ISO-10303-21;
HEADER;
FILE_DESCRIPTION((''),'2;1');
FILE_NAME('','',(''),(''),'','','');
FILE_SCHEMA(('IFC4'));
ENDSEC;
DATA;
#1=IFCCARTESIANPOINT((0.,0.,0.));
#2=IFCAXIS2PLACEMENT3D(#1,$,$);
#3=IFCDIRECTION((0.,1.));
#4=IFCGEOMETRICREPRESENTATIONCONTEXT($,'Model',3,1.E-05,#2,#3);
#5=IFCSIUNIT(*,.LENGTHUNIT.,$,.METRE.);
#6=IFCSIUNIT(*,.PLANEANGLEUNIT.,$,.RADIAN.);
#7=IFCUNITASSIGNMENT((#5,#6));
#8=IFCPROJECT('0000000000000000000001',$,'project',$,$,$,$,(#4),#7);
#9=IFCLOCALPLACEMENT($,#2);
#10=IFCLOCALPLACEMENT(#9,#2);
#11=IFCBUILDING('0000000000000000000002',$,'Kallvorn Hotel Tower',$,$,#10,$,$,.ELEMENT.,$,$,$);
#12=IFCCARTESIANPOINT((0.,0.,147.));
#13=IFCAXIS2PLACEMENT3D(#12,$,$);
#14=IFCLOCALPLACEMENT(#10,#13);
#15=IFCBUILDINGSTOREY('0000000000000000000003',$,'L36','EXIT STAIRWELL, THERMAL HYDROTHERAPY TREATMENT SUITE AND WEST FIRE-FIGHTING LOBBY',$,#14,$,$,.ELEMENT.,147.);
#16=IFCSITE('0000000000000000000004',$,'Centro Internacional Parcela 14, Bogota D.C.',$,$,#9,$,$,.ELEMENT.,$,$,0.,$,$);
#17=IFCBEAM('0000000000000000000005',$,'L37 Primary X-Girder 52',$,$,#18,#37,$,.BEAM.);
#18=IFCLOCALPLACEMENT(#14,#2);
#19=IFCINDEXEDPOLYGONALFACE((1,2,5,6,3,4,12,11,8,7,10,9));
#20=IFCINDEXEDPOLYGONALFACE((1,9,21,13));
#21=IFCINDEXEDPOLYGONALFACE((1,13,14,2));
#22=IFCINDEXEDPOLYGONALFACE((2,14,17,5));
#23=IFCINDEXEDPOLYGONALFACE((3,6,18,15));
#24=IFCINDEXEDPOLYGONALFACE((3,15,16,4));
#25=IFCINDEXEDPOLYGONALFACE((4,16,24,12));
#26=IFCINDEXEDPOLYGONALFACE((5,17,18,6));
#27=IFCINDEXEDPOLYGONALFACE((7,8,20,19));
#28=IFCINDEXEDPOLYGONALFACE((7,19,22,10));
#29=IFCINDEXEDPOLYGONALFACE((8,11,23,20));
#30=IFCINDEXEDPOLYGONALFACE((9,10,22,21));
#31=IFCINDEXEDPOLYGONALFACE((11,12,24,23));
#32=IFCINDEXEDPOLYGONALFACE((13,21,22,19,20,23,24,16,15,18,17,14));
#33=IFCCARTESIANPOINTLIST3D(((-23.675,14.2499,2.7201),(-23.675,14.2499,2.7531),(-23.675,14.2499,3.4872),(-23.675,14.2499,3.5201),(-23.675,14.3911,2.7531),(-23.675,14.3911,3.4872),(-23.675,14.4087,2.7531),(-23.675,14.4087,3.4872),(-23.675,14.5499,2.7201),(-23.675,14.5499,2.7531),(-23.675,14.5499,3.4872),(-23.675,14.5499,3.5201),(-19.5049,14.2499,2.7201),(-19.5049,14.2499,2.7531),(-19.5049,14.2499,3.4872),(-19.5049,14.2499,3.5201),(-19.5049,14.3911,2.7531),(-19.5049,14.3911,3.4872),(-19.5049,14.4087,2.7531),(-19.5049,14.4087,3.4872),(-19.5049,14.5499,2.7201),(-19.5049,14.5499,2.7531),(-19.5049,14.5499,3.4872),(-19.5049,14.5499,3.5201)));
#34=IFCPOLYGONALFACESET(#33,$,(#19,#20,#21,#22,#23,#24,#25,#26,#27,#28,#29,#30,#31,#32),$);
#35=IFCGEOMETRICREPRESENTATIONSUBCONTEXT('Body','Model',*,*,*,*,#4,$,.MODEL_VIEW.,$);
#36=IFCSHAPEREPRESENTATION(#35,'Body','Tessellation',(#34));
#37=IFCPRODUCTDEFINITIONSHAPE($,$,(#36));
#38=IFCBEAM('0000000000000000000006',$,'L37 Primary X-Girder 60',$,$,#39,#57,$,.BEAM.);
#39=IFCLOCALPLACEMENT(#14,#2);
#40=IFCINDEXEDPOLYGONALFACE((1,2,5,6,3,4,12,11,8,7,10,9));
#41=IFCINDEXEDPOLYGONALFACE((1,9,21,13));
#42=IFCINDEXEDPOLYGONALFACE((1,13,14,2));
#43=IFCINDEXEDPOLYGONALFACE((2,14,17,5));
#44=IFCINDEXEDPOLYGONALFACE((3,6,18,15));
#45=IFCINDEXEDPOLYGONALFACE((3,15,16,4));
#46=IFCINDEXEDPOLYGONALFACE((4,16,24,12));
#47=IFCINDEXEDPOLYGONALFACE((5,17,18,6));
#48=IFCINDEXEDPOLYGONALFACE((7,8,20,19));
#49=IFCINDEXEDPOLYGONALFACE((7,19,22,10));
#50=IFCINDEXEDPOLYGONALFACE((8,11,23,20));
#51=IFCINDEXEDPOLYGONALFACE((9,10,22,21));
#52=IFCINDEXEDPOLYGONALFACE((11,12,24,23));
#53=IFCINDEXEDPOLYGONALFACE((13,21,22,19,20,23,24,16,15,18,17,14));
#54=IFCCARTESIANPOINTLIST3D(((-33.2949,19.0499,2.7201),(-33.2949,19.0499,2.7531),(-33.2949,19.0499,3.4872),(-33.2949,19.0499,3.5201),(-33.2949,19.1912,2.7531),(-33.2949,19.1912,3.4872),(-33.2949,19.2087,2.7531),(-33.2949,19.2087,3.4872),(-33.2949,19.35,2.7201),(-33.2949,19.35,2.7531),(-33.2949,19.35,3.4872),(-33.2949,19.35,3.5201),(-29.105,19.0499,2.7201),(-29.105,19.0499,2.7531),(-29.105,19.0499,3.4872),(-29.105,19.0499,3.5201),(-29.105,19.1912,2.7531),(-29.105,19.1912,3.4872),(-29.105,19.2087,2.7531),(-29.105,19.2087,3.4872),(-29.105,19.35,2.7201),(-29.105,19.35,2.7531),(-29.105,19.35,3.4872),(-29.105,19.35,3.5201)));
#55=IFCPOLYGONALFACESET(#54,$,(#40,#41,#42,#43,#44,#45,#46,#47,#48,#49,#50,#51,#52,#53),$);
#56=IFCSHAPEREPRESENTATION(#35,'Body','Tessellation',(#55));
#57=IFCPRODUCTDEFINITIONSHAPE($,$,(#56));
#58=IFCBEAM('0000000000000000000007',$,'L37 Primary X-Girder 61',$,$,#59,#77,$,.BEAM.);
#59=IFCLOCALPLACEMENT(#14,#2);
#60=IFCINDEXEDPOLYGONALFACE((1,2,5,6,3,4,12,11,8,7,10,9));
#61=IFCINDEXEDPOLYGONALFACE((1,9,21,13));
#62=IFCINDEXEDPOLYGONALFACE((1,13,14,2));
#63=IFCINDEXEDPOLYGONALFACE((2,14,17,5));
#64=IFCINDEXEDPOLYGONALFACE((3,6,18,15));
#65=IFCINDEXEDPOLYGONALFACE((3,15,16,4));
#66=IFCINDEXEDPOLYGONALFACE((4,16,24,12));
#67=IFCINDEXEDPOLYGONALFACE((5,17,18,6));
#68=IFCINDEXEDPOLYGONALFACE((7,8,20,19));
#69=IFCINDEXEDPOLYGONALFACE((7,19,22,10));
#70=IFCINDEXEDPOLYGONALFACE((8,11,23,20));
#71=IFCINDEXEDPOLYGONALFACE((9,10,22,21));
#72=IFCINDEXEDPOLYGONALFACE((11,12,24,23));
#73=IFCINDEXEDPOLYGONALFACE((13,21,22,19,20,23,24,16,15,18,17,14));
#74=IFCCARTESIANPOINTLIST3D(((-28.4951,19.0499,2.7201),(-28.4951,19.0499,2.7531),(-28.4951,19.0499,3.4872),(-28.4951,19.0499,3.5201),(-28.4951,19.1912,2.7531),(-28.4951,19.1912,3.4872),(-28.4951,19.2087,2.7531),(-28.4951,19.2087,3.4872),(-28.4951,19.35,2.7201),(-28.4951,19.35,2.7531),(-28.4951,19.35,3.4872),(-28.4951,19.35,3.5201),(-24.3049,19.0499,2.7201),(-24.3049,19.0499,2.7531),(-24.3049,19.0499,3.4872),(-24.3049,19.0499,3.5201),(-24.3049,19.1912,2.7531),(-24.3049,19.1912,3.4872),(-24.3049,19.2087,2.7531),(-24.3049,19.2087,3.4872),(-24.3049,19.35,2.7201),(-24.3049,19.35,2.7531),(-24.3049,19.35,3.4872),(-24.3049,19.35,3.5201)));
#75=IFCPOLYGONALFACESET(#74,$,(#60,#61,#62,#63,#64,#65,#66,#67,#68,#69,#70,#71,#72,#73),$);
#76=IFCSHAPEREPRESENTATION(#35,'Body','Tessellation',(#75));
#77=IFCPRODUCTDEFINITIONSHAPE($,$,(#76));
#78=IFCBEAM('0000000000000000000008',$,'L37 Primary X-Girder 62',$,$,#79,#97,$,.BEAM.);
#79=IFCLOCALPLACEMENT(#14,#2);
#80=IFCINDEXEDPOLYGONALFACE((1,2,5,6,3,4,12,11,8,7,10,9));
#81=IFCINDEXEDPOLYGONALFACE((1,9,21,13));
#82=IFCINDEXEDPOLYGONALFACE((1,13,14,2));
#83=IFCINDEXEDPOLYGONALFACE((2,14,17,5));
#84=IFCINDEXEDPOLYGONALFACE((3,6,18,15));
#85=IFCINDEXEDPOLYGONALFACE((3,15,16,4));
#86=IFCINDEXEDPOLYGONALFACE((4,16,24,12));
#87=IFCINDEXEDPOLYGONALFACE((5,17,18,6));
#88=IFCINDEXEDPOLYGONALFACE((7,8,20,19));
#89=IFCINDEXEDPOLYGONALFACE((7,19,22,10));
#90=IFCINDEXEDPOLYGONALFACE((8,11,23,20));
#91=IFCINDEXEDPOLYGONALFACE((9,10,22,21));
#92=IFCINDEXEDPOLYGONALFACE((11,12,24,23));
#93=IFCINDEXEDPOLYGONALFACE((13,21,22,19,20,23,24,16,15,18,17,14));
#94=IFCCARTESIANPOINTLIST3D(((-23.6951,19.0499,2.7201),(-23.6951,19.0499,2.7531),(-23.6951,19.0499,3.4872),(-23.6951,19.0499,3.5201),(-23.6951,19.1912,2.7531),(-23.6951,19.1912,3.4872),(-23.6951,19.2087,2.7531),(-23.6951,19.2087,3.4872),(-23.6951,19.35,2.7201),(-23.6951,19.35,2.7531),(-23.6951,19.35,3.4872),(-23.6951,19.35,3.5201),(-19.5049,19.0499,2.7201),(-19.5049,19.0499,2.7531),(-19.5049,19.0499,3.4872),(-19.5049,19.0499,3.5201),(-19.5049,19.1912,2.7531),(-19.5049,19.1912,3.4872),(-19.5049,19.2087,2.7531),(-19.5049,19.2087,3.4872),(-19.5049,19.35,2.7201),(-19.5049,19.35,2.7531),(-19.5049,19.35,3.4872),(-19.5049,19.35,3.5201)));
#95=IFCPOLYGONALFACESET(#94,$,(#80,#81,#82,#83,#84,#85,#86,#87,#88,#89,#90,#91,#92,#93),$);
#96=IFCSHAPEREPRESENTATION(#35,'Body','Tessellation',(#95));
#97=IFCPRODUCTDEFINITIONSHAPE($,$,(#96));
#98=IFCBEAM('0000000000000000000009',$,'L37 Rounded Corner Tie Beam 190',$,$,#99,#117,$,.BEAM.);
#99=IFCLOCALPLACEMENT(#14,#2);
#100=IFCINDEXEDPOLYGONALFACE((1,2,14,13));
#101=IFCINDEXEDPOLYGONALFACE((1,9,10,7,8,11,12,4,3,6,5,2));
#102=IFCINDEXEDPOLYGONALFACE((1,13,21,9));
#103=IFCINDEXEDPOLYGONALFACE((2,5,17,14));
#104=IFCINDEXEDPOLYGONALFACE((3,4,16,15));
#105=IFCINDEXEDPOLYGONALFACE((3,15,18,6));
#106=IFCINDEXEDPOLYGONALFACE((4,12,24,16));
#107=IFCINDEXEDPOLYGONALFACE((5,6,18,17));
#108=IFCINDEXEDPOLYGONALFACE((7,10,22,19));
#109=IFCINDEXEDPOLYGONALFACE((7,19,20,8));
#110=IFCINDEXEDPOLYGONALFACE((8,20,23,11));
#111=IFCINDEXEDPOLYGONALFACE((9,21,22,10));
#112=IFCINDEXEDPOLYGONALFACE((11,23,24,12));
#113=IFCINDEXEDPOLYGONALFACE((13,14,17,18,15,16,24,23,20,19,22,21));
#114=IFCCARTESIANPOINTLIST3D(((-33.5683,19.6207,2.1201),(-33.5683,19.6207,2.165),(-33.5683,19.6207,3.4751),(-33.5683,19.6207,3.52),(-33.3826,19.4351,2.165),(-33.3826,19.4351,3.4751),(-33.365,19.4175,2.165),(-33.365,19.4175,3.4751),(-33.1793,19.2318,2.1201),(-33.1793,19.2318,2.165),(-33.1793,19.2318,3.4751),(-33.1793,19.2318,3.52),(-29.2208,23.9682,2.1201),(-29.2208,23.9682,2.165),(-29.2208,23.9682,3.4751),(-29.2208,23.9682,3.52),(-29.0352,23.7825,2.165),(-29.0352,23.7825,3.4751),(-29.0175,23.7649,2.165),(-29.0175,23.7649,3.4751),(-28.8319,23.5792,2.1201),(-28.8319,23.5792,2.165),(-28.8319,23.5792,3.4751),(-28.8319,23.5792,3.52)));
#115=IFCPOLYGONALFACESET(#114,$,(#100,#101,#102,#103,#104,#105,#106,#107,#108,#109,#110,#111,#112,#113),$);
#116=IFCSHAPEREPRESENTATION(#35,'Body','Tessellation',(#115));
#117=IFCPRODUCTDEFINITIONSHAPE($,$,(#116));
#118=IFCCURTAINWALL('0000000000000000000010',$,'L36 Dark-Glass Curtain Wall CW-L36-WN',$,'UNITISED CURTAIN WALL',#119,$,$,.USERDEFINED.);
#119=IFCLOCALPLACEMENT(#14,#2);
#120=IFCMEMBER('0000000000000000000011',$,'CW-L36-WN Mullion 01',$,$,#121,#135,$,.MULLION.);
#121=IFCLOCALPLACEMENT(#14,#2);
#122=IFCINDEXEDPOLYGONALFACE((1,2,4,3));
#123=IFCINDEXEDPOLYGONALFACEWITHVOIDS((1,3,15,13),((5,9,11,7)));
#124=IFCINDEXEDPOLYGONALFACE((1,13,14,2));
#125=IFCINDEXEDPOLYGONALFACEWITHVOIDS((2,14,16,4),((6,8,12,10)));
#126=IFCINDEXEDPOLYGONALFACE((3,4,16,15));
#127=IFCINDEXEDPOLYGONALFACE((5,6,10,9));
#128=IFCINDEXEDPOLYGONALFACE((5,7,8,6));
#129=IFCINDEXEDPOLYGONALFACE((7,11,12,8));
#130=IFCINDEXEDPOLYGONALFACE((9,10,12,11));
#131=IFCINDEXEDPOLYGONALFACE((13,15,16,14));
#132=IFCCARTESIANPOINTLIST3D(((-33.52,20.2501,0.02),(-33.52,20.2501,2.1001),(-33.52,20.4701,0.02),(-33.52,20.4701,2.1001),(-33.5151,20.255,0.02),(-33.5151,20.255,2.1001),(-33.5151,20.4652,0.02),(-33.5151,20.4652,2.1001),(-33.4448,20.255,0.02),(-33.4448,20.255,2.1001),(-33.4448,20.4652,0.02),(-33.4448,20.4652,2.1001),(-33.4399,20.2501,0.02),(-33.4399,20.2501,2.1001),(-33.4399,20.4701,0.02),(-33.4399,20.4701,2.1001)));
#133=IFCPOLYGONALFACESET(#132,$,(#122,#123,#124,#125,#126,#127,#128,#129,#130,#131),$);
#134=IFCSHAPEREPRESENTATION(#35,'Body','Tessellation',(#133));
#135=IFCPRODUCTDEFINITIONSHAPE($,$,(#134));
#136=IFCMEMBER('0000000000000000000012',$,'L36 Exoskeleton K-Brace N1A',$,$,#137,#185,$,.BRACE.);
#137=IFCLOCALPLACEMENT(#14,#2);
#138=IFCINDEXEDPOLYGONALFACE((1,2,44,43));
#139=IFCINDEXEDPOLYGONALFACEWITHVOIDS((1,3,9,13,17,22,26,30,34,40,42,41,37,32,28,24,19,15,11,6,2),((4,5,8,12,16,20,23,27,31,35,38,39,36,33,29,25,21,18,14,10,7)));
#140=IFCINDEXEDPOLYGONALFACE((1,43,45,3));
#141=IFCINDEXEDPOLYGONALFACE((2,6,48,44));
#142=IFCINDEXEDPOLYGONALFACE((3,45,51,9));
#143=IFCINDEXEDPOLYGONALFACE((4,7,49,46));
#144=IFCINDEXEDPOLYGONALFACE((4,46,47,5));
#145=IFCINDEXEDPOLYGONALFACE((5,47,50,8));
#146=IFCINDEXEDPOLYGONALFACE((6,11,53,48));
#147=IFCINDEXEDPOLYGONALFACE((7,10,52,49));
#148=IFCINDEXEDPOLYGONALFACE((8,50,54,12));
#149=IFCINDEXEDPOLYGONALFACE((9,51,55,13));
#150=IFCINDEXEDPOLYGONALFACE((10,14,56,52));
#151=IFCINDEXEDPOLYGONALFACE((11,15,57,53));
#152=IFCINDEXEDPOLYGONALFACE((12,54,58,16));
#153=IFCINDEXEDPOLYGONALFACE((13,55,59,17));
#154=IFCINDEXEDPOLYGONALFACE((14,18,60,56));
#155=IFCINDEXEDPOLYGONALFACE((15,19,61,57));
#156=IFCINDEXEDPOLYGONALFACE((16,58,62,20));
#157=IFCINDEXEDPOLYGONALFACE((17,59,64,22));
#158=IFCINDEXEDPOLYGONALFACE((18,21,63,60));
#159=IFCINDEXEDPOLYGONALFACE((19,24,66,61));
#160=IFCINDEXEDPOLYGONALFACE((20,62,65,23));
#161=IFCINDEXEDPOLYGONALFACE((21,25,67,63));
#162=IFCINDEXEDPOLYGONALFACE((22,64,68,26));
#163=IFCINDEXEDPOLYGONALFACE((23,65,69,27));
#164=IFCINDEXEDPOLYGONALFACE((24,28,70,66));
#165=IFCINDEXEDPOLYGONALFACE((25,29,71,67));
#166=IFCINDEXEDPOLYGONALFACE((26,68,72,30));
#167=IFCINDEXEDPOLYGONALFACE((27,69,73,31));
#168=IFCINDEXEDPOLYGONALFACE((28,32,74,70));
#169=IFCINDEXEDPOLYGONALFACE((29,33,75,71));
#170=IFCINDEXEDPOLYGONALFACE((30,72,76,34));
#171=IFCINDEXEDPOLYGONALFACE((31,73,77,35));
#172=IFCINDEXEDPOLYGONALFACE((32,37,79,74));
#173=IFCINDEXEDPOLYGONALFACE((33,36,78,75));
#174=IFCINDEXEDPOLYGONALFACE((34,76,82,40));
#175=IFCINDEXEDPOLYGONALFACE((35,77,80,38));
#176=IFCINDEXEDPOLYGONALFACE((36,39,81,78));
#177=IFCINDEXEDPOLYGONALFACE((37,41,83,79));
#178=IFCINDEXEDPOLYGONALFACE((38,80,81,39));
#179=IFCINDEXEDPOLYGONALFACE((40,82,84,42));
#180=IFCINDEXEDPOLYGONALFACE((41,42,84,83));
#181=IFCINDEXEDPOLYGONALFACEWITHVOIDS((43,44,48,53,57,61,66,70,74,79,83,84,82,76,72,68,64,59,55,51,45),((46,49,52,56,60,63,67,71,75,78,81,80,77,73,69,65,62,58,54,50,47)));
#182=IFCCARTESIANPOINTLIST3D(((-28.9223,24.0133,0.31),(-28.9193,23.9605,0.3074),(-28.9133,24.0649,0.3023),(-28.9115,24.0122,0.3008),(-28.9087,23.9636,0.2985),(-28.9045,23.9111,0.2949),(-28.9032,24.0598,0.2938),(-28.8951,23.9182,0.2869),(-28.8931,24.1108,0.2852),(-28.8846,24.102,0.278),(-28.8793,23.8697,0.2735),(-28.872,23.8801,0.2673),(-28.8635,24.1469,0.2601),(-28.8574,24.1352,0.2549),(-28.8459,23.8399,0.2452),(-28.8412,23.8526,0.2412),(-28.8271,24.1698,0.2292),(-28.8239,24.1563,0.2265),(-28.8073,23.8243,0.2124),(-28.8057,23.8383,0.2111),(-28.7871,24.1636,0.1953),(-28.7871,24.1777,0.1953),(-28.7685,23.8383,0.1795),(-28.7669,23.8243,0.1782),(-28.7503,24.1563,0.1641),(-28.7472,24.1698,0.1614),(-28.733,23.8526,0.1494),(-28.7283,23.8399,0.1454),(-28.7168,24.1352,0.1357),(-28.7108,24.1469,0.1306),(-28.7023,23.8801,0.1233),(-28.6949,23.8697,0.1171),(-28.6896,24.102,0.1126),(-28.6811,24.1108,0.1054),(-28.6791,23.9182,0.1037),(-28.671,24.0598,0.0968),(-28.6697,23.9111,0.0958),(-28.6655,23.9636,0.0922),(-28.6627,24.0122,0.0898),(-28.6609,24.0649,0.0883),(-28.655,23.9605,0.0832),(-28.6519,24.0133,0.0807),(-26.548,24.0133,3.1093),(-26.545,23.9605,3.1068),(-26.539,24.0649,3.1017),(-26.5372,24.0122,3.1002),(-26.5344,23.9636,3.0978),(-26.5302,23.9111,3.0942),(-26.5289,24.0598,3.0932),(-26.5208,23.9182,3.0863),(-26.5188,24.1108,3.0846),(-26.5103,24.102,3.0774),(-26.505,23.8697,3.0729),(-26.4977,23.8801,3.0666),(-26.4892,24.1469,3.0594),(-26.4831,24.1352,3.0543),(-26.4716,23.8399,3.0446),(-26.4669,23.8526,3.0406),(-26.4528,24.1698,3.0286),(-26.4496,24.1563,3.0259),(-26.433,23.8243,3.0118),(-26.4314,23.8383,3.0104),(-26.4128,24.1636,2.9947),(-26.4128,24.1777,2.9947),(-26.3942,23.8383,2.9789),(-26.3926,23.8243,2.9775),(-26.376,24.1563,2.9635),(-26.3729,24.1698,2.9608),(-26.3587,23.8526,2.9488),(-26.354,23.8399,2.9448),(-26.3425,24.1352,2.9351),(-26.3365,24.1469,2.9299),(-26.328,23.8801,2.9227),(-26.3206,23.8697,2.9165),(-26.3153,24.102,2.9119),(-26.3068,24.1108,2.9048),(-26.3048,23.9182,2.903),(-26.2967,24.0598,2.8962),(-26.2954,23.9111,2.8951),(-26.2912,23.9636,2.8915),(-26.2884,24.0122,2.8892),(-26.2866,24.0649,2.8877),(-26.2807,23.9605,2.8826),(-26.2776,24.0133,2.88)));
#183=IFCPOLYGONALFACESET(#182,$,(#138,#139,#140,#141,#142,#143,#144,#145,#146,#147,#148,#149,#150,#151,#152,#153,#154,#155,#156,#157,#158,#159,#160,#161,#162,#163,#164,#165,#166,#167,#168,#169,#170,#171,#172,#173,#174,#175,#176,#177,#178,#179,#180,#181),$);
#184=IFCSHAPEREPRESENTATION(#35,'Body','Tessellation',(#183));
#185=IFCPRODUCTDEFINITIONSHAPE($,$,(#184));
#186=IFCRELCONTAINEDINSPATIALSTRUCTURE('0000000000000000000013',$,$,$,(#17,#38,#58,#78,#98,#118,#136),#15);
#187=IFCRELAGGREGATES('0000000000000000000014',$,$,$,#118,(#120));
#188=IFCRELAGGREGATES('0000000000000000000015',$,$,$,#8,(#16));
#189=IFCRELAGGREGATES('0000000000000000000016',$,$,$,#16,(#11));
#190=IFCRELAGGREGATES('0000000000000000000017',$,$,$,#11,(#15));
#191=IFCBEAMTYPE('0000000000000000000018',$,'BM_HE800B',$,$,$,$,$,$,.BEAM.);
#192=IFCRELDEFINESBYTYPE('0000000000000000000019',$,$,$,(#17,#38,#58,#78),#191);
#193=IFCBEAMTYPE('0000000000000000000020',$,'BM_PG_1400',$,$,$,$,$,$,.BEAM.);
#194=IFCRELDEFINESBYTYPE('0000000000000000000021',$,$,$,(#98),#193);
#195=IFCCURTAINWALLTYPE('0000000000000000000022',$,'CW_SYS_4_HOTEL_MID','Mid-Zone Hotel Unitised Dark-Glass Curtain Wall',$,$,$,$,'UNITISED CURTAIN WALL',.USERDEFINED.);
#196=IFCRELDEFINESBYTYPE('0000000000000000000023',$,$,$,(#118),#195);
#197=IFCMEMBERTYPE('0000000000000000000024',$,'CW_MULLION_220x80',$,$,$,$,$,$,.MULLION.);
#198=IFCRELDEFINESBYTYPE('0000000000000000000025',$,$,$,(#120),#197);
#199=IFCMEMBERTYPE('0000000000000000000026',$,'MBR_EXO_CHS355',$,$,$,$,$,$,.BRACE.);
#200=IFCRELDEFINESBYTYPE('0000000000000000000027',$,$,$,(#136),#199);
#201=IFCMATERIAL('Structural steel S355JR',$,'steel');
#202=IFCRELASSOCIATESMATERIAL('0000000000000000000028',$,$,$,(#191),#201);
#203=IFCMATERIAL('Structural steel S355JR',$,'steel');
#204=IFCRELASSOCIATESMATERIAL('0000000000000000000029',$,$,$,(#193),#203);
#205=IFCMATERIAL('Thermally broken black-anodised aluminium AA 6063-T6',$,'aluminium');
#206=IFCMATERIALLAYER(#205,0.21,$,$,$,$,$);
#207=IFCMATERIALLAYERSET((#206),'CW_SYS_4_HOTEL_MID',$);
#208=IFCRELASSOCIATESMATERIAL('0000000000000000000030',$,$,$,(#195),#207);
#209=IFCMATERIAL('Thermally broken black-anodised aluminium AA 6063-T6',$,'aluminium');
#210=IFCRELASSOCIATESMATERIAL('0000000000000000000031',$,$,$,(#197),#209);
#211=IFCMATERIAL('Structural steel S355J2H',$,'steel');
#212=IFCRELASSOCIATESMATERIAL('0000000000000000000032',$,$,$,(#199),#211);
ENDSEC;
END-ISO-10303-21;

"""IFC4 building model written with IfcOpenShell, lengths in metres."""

from ifc_helpers import new_model, si_unit, direction, frame, origin, origin_2d, place, context, subcontext, project, spatial, hollow_rectangle, hollow_circle, i_section, extrude, material, layer, layer_set, material_profile, profile_set, type_object, element, aggregate, save


model = new_model("IFC4")

# Units and contexts
model_context = context("Model", 3, precision=1e-05, world=origin(), true_north=direction((0.0, 1.0)))
body_context = subcontext(model_context, "Body", "Model", "MODEL_VIEW")
ifc_project = project(units=[si_unit("LENGTHUNIT", "METRE"), si_unit("PLANEANGLEUNIT", "RADIAN")], contexts=[model_context])

# Site, building, storey
site_placement = place(None, origin())
site = spatial("IfcSite", under=ifc_project, at=site_placement, Name="Centro Internacional Parcela 14, Bogota D.C.", CompositionType="ELEMENT", RefElevation=0.0)
building_placement = place(site_placement, origin())
building = spatial("IfcBuilding", under=site, at=building_placement, Name="Kallvorn Hotel Tower", CompositionType="ELEMENT")
storey_placement = place(building_placement, frame((0.0, 0.0, 147.0)))
storey = spatial("IfcBuildingStorey", under=building, at=storey_placement, Name="L36", Description="EXIT STAIRWELL, THERMAL HYDROTHERAPY TREATMENT SUITE AND WEST FIRE-FIGHTING LOBBY", CompositionType="ELEMENT", Elevation=147.0)

# Beams
ifc_material_1 = material(Name="Structural steel S355JR", Category="steel")
ifc_material_profile_1 = material_profile(ifc_material_1, i_section(OverallWidth=0.3, OverallDepth=0.8, WebThickness=0.0176, FlangeThickness=0.033, at=origin_2d()), Name="HE 800 B")
ifc_profile_set_1 = profile_set([ifc_material_profile_1], Name="Structural steel S355JR")
beam_type_1 = type_object("IfcBeamType", Name="BM_HE800B", PredefinedType="BEAM", material=ifc_profile_set_1)
for number, where, z_axis, x_axis, name in (
    (1, (-23.675, 14.3999, 3.1201), (1.0, 0.0, 0.0), (0.0, 1.0, 0.0), "L37 Primary X-Girder 52"),
):
    element("IfcBeam", number, at=place(storey_placement, frame(where, z_axis=z_axis, x_axis=x_axis)), inside=storey, type_object=beam_type_1, Name=name, PredefinedType="BEAM", context=body_context, shape_type="SweptSolid", body=[
        extrude(i_section(OverallWidth=0.3, OverallDepth=0.8, WebThickness=0.0176, FlangeThickness=0.033, at=origin_2d()), origin(), (0.0, 0.0, 1.0), 4.1702),
    ])
beam_1_placement = place(storey_placement, frame((-33.2949, 19.2, 3.1201), z_axis=(1.0, 0.0, 0.0), x_axis=(0.0, 1.0, 0.0)))
element("IfcBeam", 2, at=beam_1_placement, inside=storey, type_object=beam_type_1, Name="L37 Primary X-Girder 60", PredefinedType="BEAM", context=body_context, shape_type="SweptSolid", body=[
    extrude(i_section(OverallWidth=0.3, OverallDepth=0.8, WebThickness=0.0176, FlangeThickness=0.033, at=origin_2d()), origin(), (0.0, 0.0, 1.0), 4.1899),
])
for number, where, z_axis, x_axis, name in (
    (3, (-28.4951, 19.2, 3.1201), (1.0, 0.0, 0.0), (0.0, 1.0, 0.0), "L37 Primary X-Girder 61"),
    (4, (-23.6951, 19.2, 3.1201), (1.0, 0.0, 0.0), (0.0, 1.0, 0.0), "L37 Primary X-Girder 62"),
):
    element("IfcBeam", number, at=place(storey_placement, frame(where, z_axis=z_axis, x_axis=x_axis)), inside=storey, type_object=beam_type_1, Name=name, PredefinedType="BEAM", context=body_context, shape_type="SweptSolid", body=[
        extrude(i_section(OverallWidth=0.3, OverallDepth=0.8, WebThickness=0.0176, FlangeThickness=0.033, at=origin_2d()), origin(), (0.0, 0.0, 1.0), 4.1902),
    ])
ifc_material_2 = material(Name="Structural steel S355JR", Category="steel")
ifc_material_profile_2 = material_profile(ifc_material_2, i_section(OverallWidth=0.55, OverallDepth=1.3999, WebThickness=0.0249, FlangeThickness=0.0449, at=origin_2d()), Name="PG 1400x550x25x45")
ifc_profile_set_2 = profile_set([ifc_material_profile_2], Name="Structural steel S355JR")
beam_type_2 = type_object("IfcBeamType", Name="BM_PG_1400", PredefinedType="BEAM", material=ifc_profile_set_2)
beam_2_placement = place(storey_placement, frame((-33.3738, 19.4263, 2.8201), z_axis=(0.707107, 0.707107, 0.0), x_axis=(-0.707107, 0.707107, 0.0)))
element("IfcBeam", 5, at=beam_2_placement, inside=storey, type_object=beam_type_2, Name="L37 Rounded Corner Tie Beam 190", PredefinedType="BEAM", context=body_context, shape_type="SweptSolid", body=[
    extrude(i_section(OverallWidth=0.55, OverallDepth=1.3999, WebThickness=0.0249, FlangeThickness=0.0449, at=origin_2d()), origin(), (0.0, 0.0, 1.0), 6.1482),
])

# Curtain wall, member
ifc_material_3 = material(Name="Thermally broken black-anodised aluminium AA 6063-T6", Category="aluminium")
ifc_layer_1 = layer(ifc_material_3, 0.21)
ifc_layer_set_1 = layer_set([ifc_layer_1], Name="CW_SYS_4_HOTEL_MID")
curtain_wall_type = type_object("IfcCurtainWallType", Name="CW_SYS_4_HOTEL_MID", Description="Mid-Zone Hotel Unitised Dark-Glass Curtain Wall", ElementType="UNITISED CURTAIN WALL", PredefinedType="USERDEFINED", material=ifc_layer_set_1)
curtain_wall_placement = place(storey_placement, origin())
curtain_wall = element("IfcCurtainWall", 6, at=curtain_wall_placement, inside=storey, type_object=curtain_wall_type, Name="L36 Dark-Glass Curtain Wall CW-L36-WN", ObjectType="UNITISED CURTAIN WALL", PredefinedType="USERDEFINED")
ifc_material_4 = material(Name="Thermally broken black-anodised aluminium AA 6063-T6", Category="aluminium")
ifc_material_profile_3 = material_profile(ifc_material_4, hollow_rectangle(XDim=0.0801, YDim=0.22, WallThickness=0.0049, at=origin_2d()), Name="MUL 220x80")
ifc_profile_set_3 = profile_set([ifc_material_profile_3], Name="Thermally broken black-anodised aluminium AA 6063-T6")
member_type_1 = type_object("IfcMemberType", Name="CW_MULLION_220x80", PredefinedType="MULLION", material=ifc_profile_set_3)
member_placement = place(storey_placement, frame((-33.48, 20.3601, 0.02), z_axis=(0.0, 0.0, 1.0), x_axis=(1.0, 0.0, 0.0)))
member = element("IfcMember", 7, at=member_placement, type_object=member_type_1, Name="CW-L36-WN Mullion 01", PredefinedType="MULLION", context=body_context, shape_type="SweptSolid", body=[
    extrude(hollow_rectangle(XDim=0.0801, YDim=0.22, WallThickness=0.0049, at=origin_2d()), origin(), (0.0, 0.0, 1.0), 2.0801),
])
aggregate(curtain_wall, [member])

# Member
ifc_material_5 = material(Name="Structural steel S355J2H", Category="steel")
ifc_material_profile_4 = material_profile(ifc_material_5, hollow_circle(Radius=0.1777, WallThickness=0.0142, at=origin_2d()), Name="CHS 355.6x14.2")
ifc_profile_set_4 = profile_set([ifc_material_profile_4], Name="Structural steel S355J2H")
member_type_2 = type_object("IfcMemberType", Name="MBR_EXO_CHS355", PredefinedType="BRACE", material=ifc_profile_set_4)
for number, where, z_axis, x_axis, name in (
    (8, (-28.7871, 24.0, 0.1953), (0.646833, 0.0, 0.762631), (0.0, 1.0, 0.0), "L36 Exoskeleton K-Brace N1A"),
):
    element("IfcMember", number, at=place(storey_placement, frame(where, z_axis=z_axis, x_axis=x_axis)), inside=storey, type_object=member_type_2, Name=name, PredefinedType="BRACE", context=body_context, shape_type="SweptSolid", body=[
        extrude(hollow_circle(Radius=0.1777, WallThickness=0.0142, at=origin_2d()), origin(), (0.0, 0.0, 1.0), 3.6707),
    ])

save(model, "model.ifc")
